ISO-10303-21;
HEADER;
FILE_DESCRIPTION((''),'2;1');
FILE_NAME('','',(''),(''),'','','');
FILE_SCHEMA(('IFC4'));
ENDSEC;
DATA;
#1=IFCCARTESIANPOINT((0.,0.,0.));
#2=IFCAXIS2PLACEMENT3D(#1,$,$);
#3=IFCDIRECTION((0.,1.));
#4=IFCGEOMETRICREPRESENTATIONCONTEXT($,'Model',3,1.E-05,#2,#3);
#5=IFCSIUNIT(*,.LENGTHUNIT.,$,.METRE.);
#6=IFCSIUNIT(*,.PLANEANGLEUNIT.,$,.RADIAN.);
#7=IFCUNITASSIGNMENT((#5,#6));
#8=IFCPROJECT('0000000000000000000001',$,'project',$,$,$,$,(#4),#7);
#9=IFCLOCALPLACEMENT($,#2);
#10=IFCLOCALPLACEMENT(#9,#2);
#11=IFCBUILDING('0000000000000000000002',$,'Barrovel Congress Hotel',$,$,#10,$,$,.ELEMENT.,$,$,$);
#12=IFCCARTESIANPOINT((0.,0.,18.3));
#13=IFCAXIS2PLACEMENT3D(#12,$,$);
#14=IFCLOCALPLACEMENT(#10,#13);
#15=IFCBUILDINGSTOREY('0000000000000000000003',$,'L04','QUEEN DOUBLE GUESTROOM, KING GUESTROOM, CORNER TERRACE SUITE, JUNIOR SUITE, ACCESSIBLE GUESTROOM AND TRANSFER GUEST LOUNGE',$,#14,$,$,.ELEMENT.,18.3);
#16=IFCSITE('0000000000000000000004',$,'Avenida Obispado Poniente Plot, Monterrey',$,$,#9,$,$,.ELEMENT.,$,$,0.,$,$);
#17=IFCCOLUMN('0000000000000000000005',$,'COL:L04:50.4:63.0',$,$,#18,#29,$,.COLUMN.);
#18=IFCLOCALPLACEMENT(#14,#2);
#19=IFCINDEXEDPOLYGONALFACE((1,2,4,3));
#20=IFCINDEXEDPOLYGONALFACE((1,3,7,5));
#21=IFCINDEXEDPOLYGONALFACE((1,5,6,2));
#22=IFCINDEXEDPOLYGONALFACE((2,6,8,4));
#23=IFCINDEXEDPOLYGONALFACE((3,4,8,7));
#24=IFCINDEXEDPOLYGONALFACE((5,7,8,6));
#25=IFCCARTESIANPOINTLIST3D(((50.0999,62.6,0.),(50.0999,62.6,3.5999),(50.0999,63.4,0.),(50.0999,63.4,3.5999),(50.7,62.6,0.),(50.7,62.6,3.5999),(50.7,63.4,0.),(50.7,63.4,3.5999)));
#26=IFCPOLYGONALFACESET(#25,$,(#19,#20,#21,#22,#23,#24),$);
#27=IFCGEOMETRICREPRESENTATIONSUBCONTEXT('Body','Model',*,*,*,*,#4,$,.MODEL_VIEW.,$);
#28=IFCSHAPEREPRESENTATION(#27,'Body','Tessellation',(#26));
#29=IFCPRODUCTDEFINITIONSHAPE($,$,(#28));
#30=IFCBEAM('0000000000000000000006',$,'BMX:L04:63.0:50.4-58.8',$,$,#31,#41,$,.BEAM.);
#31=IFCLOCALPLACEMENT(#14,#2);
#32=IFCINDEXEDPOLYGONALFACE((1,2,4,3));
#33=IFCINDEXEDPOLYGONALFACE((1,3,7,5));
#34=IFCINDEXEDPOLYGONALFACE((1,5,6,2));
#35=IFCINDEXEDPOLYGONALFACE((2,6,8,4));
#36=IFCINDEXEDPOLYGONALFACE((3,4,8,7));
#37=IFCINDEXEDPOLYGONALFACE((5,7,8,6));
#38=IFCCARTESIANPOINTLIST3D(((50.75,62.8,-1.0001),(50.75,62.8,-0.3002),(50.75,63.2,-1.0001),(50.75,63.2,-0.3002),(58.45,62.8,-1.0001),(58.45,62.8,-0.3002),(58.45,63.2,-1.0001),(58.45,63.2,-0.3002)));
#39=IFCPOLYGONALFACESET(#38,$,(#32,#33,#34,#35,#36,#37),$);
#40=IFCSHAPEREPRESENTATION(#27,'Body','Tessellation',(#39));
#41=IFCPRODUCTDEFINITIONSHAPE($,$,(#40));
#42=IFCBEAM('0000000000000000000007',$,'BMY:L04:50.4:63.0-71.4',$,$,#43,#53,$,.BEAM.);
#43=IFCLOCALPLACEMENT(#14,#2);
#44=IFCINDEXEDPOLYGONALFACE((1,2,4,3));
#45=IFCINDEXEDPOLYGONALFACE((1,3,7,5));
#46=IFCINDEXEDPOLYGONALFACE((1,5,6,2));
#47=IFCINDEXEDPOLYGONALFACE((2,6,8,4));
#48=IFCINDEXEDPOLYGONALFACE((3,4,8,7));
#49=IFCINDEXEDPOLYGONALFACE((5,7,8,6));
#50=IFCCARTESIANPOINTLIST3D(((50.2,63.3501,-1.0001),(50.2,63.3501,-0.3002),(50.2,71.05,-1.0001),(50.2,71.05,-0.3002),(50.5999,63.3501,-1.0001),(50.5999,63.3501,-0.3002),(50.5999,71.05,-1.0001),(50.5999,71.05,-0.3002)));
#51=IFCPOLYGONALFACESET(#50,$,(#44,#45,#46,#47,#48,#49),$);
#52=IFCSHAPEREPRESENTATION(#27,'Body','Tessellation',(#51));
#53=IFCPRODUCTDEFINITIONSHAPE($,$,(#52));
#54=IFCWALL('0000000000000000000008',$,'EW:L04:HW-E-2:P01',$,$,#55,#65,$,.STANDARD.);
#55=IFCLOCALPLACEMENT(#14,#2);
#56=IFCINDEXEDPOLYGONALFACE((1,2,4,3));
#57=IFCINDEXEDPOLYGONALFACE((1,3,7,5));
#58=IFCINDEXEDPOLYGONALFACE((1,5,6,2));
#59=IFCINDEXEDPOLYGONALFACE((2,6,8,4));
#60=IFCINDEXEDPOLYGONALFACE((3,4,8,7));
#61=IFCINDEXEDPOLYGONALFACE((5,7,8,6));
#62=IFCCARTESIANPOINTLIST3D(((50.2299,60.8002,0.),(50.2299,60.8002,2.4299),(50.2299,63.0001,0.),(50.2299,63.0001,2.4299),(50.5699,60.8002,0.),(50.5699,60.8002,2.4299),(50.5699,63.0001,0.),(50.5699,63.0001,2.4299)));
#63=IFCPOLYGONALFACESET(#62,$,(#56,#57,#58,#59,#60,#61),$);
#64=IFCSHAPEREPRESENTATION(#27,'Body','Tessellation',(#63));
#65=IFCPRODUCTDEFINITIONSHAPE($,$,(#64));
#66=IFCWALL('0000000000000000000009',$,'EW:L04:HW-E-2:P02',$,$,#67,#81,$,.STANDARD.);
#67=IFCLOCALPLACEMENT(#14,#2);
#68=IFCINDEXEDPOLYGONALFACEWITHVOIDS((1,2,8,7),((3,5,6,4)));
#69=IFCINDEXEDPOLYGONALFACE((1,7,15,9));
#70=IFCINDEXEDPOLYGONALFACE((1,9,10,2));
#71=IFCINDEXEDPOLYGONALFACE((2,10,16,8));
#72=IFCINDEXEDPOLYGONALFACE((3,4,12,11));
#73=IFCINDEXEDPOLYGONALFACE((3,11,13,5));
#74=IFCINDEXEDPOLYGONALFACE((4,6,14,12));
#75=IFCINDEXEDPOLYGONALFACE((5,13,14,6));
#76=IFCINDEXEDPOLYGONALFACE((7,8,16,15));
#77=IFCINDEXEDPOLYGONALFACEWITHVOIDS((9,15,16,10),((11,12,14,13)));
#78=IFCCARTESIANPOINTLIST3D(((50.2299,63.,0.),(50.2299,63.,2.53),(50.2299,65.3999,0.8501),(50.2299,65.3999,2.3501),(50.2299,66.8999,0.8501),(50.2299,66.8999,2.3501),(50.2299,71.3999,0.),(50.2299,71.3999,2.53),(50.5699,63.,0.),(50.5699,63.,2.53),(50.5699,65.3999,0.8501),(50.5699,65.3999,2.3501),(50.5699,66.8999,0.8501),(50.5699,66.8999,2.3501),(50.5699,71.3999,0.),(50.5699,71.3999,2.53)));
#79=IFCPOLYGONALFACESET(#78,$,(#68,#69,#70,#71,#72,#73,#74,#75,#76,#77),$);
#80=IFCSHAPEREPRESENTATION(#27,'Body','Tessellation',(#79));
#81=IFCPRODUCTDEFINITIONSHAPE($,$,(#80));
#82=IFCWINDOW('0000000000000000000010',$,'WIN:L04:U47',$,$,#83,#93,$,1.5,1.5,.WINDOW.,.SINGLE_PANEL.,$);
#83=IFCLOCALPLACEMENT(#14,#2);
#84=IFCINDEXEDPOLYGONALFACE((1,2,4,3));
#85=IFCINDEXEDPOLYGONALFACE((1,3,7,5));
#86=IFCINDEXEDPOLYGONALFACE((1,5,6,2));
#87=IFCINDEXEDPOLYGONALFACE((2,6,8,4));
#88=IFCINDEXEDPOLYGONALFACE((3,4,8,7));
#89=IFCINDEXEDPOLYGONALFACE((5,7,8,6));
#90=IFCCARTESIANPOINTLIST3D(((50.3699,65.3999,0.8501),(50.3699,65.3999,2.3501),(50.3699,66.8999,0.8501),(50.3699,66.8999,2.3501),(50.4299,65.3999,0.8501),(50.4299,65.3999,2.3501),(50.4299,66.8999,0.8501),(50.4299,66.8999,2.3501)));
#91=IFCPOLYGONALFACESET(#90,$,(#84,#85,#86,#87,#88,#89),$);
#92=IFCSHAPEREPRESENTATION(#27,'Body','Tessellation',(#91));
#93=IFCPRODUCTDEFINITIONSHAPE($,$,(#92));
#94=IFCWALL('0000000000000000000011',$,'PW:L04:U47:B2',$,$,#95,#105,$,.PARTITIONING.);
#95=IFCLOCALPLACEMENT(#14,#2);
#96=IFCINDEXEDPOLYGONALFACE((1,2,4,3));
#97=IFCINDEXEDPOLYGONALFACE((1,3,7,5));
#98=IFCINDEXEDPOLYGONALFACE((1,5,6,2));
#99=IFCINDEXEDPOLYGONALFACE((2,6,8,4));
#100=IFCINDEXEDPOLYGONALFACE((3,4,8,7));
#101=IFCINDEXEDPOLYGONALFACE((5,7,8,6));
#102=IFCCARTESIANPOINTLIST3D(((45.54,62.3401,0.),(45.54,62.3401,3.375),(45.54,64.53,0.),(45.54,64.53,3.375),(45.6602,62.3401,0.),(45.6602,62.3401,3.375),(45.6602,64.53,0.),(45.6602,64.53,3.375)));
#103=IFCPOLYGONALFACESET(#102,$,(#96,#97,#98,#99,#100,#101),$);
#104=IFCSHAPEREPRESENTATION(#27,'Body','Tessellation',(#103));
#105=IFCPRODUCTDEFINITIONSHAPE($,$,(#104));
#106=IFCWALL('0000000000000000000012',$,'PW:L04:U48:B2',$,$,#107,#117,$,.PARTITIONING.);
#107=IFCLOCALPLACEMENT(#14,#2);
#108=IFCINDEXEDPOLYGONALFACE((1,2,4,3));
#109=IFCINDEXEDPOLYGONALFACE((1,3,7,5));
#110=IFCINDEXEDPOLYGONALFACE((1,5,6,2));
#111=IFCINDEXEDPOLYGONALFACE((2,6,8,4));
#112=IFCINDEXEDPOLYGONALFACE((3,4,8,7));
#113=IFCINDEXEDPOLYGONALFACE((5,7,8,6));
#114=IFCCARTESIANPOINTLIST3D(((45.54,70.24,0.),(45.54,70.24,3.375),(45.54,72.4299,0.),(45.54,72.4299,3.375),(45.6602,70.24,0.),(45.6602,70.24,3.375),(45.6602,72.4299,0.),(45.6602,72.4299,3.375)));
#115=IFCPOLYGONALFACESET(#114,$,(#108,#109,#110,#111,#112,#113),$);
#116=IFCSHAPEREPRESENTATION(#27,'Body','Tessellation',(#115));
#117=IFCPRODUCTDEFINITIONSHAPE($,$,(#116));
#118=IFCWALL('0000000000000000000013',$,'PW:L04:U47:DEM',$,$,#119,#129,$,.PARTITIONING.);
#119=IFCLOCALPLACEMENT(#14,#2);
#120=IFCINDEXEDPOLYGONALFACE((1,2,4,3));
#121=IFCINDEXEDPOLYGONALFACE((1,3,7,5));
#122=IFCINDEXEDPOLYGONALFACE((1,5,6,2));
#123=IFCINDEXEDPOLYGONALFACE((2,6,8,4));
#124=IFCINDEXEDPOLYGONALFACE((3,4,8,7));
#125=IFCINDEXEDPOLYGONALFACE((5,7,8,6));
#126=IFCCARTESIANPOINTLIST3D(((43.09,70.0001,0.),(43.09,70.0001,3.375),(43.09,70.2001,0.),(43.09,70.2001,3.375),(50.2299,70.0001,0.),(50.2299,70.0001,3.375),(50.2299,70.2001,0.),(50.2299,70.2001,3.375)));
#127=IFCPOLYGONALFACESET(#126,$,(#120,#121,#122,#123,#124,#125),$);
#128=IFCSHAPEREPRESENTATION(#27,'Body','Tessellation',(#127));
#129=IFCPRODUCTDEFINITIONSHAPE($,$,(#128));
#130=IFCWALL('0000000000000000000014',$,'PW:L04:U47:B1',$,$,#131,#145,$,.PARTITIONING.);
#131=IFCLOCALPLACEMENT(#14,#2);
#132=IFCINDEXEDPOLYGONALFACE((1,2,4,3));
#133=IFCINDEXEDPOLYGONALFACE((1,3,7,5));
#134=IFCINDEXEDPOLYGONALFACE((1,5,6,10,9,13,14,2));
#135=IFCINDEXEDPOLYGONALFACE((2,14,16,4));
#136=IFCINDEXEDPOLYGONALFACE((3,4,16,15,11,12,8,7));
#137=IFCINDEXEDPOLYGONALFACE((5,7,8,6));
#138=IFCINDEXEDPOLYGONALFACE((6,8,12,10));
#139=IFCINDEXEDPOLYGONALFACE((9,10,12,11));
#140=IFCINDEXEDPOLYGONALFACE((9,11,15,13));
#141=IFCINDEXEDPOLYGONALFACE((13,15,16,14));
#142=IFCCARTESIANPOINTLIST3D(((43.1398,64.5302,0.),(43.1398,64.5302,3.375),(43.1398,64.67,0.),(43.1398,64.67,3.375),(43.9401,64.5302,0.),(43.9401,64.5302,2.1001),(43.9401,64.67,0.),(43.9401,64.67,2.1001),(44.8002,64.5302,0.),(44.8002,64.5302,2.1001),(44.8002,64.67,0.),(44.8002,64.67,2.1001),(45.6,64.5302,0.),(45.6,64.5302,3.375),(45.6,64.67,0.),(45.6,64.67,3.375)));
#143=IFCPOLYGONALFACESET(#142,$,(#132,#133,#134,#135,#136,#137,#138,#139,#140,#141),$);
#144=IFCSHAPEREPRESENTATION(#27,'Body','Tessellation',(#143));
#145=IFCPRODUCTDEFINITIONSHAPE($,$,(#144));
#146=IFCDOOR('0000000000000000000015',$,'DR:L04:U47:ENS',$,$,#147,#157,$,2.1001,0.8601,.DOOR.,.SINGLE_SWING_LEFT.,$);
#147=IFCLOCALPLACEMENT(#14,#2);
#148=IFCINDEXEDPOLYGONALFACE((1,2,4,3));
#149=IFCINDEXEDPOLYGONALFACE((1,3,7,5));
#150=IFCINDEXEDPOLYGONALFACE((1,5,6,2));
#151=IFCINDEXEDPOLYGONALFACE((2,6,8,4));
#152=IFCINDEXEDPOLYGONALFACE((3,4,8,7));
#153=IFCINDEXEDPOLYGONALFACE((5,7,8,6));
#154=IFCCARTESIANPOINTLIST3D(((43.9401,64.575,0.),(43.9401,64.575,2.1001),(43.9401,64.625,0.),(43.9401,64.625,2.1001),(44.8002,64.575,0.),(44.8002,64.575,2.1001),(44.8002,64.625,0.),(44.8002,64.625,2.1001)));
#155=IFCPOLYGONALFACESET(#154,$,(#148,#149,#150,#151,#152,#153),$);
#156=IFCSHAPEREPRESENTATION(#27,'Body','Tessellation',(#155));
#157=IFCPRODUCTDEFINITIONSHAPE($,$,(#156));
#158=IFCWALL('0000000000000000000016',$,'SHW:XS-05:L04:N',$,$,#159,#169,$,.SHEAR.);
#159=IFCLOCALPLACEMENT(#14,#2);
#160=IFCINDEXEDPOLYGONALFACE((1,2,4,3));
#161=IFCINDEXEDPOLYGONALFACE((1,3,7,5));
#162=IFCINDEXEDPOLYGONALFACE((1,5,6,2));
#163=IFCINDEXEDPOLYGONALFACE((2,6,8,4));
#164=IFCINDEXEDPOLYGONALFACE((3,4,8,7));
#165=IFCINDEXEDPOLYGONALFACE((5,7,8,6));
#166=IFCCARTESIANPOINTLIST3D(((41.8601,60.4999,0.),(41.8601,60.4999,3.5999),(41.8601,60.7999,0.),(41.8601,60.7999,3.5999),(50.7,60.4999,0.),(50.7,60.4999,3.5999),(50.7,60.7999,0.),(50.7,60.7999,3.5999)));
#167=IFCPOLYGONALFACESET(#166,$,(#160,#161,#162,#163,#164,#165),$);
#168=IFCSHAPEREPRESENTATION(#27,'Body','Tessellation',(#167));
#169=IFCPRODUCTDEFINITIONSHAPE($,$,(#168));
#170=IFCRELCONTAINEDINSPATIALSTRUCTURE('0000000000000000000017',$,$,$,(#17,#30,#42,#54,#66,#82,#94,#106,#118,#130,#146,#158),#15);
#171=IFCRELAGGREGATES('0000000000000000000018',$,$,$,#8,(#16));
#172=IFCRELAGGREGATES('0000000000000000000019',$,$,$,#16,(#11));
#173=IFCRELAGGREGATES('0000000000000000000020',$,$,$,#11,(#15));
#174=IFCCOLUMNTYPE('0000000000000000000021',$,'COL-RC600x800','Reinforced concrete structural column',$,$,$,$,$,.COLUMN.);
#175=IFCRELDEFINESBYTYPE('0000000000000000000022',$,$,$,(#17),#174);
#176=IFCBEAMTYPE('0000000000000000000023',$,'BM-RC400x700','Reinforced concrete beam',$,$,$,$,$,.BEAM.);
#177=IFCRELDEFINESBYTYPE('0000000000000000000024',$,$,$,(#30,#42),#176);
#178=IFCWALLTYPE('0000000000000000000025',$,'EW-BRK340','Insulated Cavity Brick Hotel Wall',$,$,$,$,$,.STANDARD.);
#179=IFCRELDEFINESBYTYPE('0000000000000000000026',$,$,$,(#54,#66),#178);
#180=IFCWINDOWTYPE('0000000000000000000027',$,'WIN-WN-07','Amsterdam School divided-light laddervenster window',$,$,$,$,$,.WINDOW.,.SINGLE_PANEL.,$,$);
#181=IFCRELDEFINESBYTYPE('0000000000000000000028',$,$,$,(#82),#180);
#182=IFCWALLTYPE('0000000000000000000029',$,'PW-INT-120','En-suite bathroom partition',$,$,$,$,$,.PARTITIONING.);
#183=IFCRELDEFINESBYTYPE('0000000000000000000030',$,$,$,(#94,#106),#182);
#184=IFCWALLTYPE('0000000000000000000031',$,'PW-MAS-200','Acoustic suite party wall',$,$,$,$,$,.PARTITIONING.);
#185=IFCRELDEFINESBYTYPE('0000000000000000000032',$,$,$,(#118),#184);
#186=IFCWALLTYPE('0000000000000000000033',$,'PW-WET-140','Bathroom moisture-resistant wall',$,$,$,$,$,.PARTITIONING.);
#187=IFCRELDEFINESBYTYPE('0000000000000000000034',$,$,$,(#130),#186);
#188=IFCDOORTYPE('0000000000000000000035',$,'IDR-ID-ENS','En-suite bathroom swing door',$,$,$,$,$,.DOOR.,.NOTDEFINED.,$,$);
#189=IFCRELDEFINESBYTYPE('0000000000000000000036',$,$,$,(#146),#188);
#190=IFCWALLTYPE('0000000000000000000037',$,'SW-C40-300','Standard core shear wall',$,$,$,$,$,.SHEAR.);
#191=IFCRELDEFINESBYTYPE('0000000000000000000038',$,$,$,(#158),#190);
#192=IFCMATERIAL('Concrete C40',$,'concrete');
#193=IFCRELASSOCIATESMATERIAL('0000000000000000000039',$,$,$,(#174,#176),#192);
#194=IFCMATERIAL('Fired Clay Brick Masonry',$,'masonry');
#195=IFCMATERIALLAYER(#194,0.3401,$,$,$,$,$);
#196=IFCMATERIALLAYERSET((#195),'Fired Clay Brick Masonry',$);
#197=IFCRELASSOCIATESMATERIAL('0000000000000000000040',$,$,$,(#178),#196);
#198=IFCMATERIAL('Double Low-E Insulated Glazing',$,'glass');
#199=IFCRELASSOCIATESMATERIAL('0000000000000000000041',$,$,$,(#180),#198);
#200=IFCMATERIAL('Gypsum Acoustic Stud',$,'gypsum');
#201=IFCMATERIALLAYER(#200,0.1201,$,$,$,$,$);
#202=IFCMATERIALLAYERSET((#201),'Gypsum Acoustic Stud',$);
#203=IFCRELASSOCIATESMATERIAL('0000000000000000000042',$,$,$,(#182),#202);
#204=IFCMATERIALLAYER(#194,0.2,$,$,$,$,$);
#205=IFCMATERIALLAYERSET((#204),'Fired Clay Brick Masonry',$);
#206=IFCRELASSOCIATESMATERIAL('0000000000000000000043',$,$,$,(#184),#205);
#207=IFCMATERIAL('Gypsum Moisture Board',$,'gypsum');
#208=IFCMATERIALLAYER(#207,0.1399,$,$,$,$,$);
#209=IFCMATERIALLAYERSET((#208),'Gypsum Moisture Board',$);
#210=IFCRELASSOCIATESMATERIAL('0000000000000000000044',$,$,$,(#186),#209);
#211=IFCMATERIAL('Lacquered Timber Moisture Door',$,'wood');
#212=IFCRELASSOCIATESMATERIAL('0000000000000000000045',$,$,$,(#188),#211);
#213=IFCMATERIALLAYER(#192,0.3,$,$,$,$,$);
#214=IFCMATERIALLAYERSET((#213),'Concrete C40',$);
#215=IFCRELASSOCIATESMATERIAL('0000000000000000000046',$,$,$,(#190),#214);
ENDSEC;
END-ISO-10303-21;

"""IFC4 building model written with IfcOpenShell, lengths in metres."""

from ifc_helpers import new_model, si_unit, direction, frame, frame_2d, origin, origin_2d, place, context, subcontext, project, spatial, rectangle, extrude, material, layer, layer_set, material_profile, profile_set, type_object, element, fill, save


model = new_model("IFC4")

# Units and contexts
model_context = context("Model", 3, precision=1e-05, world=origin(), true_north=direction((0.0, 1.0)))
body_context = subcontext(model_context, "Body", "Model", "MODEL_VIEW")
ifc_project = project(units=[si_unit("LENGTHUNIT", "METRE"), si_unit("PLANEANGLEUNIT", "RADIAN")], contexts=[model_context])

# Site, building, storey
site_placement = place(None, origin())
site = spatial("IfcSite", under=ifc_project, at=site_placement, Name="Avenida Obispado Poniente Plot, Monterrey", CompositionType="ELEMENT", RefElevation=0.0)
building_placement = place(site_placement, origin())
building = spatial("IfcBuilding", under=site, at=building_placement, Name="Barrovel Congress Hotel", CompositionType="ELEMENT")
storey_placement = place(building_placement, frame((0.0, 0.0, 18.3)))
storey = spatial("IfcBuildingStorey", under=building, at=storey_placement, Name="L04", Description="QUEEN DOUBLE GUESTROOM, KING GUESTROOM, CORNER TERRACE SUITE, JUNIOR SUITE, ACCESSIBLE GUESTROOM AND TRANSFER GUEST LOUNGE", CompositionType="ELEMENT", Elevation=18.3)

# Column
ifc_material_1 = material(Name="Concrete C40", Category="concrete")
ifc_material_profile_1 = material_profile(ifc_material_1, rectangle(XDim=0.6001, YDim=0.8, at=origin_2d()), Name="RC600x800")
ifc_profile_set_1 = profile_set([ifc_material_profile_1], Name="Concrete C40")
column_type = type_object("IfcColumnType", Name="COL-RC600x800", Description="Reinforced concrete structural column", PredefinedType="COLUMN", material=ifc_profile_set_1)
column_placement = place(storey_placement, frame((50.3999, 63.0, 0.0), z_axis=(0.0, 0.0, 1.0), x_axis=(1.0, 0.0, 0.0)))
element("IfcColumn", 1, at=column_placement, inside=storey, type_object=column_type, Name="COL:L04:50.4:63.0", PredefinedType="COLUMN", context=body_context, shape_type="SweptSolid", body=[
    extrude(rectangle(XDim=0.6001, YDim=0.8, at=origin_2d()), origin(), (0.0, 0.0, 1.0), 3.5999),
])

# Beams
ifc_material_profile_2 = material_profile(ifc_material_1, rectangle(XDim=0.3999, YDim=0.7, at=origin_2d()), Name="RC400x700")
ifc_profile_set_2 = profile_set([ifc_material_profile_2], Name="Concrete C40")
beam_type = type_object("IfcBeamType", Name="BM-RC400x700", Description="Reinforced concrete beam", PredefinedType="BEAM", material=ifc_profile_set_2)
for number, where, z_axis, x_axis, name in (
    (2, (50.75, 63.0, -0.6501), (1.0, 0.0, 0.0), (0.0, 1.0, 0.0), "BMX:L04:63.0:50.4-58.8"),
    (3, (50.3999, 63.3501, -0.6501), (0.0, 1.0, 0.0), (-1.0, 0.0, 0.0), "BMY:L04:50.4:63.0-71.4"),
):
    element("IfcBeam", number, at=place(storey_placement, frame(where, z_axis=z_axis, x_axis=x_axis)), inside=storey, type_object=beam_type, Name=name, PredefinedType="BEAM", context=body_context, shape_type="SweptSolid", body=[
        extrude(rectangle(XDim=0.3999, YDim=0.7, at=origin_2d()), origin(), (0.0, 0.0, 1.0), 7.7),
    ])

# Wall
ifc_material_2 = material(Name="Fired Clay Brick Masonry", Category="masonry")
ifc_layer_1 = layer(ifc_material_2, 0.3401)
ifc_layer_set_1 = layer_set([ifc_layer_1], Name="Fired Clay Brick Masonry")
wall_type_1 = type_object("IfcWallType", Name="EW-BRK340", Description="Insulated Cavity Brick Hotel Wall", PredefinedType="STANDARD", material=ifc_layer_set_1)
wall_1_placement = place(storey_placement, frame((50.3999, 60.8, 0.0), z_axis=(0.0, 0.0, 1.0), x_axis=(0.0, 1.0, 0.0)))
element("IfcWall", 4, at=wall_1_placement, inside=storey, type_object=wall_type_1, Name="EW:L04:HW-E-2:P01", PredefinedType="STANDARD", context=body_context, shape_type="SweptSolid", body=[
    extrude(rectangle(XDim=2.2, YDim=0.3401, at=frame_2d((1.1001, 0.0))), origin(), (0.0, 0.0, 1.0), 2.4299),
])

# Wall, opening, window
wall_2_placement = place(storey_placement, frame((50.3999, 63.0, 0.0), z_axis=(0.0, 0.0, 1.0), x_axis=(0.0, 1.0, 0.0)))
wall_2 = element("IfcWall", 5, at=wall_2_placement, inside=storey, type_object=wall_type_1, Name="EW:L04:HW-E-2:P02", PredefinedType="STANDARD", context=body_context, shape_type="SweptSolid", body=[
    extrude(rectangle(XDim=8.3999, YDim=0.3401, at=frame_2d((4.2, 0.0))), origin(), (0.0, 0.0, 1.0), 2.53),
])
opening_1_placement = place(wall_2_placement, frame((2.3999, 0.0, 0.8501)))
opening_1 = element("IfcOpeningElement", 6, at=opening_1_placement, cuts=wall_2, PredefinedType="OPENING", context=body_context, shape_type="SweptSolid", body=[
    extrude(rectangle(XDim=1.5, YDim=1.5, at=frame_2d((0.75, 0.75))), frame((0.0, 0.1802, 0.0), z_axis=(0.0, -1.0, 0.0), x_axis=(1.0, 0.0, 0.0)), (0.0, 0.0, 1.0), 0.3601),
])
ifc_material_3 = material(Name="Double Low-E Insulated Glazing", Category="glass")
window_type = type_object("IfcWindowType", Name="WIN-WN-07", Description="Amsterdam School divided-light laddervenster window", PartitioningType="SINGLE_PANEL", PredefinedType="WINDOW", material=ifc_material_3)
window_placement = place(opening_1_placement, origin())
window = element("IfcWindow", 7, at=window_placement, inside=storey, type_object=window_type, Name="WIN:L04:U47", OverallHeight=1.5, OverallWidth=1.5, PartitioningType="SINGLE_PANEL", PredefinedType="WINDOW", context=body_context, shape_type="SweptSolid", body=[
    extrude(rectangle(XDim=1.5, YDim=1.5, at=frame_2d((0.75, 0.75))), frame((0.0, 0.03, 0.0), z_axis=(0.0, -1.0, 0.0), x_axis=(1.0, 0.0, 0.0)), (0.0, 0.0, 1.0), 0.0601),
])
fill(opening_1, window)

# Walls
ifc_material_4 = material(Name="Gypsum Acoustic Stud", Category="gypsum")
ifc_layer_2 = layer(ifc_material_4, 0.1201)
ifc_layer_set_2 = layer_set([ifc_layer_2], Name="Gypsum Acoustic Stud")
wall_type_2 = type_object("IfcWallType", Name="PW-INT-120", Description="En-suite bathroom partition", PredefinedType="PARTITIONING", material=ifc_layer_set_2)
for number, where, z_axis, x_axis, name in (
    (8, (45.6001, 62.3401, 0.0), (0.0, 0.0, 1.0), (0.0, 1.0, 0.0), "PW:L04:U47:B2"),
    (9, (45.6001, 70.24, 0.0), (0.0, 0.0, 1.0), (0.0, 1.0, 0.0), "PW:L04:U48:B2"),
):
    element("IfcWall", number, at=place(storey_placement, frame(where, z_axis=z_axis, x_axis=x_axis)), inside=storey, type_object=wall_type_2, Name=name, PredefinedType="PARTITIONING", context=body_context, shape_type="SweptSolid", body=[
        extrude(rectangle(XDim=2.1899, YDim=0.1201, at=frame_2d((1.095, 0.0))), origin(), (0.0, 0.0, 1.0), 3.375),
    ])
ifc_layer_3 = layer(ifc_material_2, 0.2)
ifc_layer_set_3 = layer_set([ifc_layer_3], Name="Fired Clay Brick Masonry")
wall_type_3 = type_object("IfcWallType", Name="PW-MAS-200", Description="Acoustic suite party wall", PredefinedType="PARTITIONING", material=ifc_layer_set_3)
wall_3_placement = place(storey_placement, frame((43.0901, 70.1001, 0.0), z_axis=(0.0, 0.0, 1.0), x_axis=(1.0, 0.0, 0.0)))
element("IfcWall", 10, at=wall_3_placement, inside=storey, type_object=wall_type_3, Name="PW:L04:U47:DEM", PredefinedType="PARTITIONING", context=body_context, shape_type="SweptSolid", body=[
    extrude(rectangle(XDim=7.1399, YDim=0.2, at=frame_2d((3.5698, 0.0))), origin(), (0.0, 0.0, 1.0), 3.375),
])

# Wall, opening, door
ifc_material_5 = material(Name="Gypsum Moisture Board", Category="gypsum")
ifc_layer_4 = layer(ifc_material_5, 0.1399)
ifc_layer_set_4 = layer_set([ifc_layer_4], Name="Gypsum Moisture Board")
wall_type_4 = type_object("IfcWallType", Name="PW-WET-140", Description="Bathroom moisture-resistant wall", PredefinedType="PARTITIONING", material=ifc_layer_set_4)
wall_4_placement = place(storey_placement, frame((43.1399, 64.6001, 0.0), z_axis=(0.0, 0.0, 1.0), x_axis=(1.0, 0.0, 0.0)))
wall_4 = element("IfcWall", 11, at=wall_4_placement, inside=storey, type_object=wall_type_4, Name="PW:L04:U47:B1", PredefinedType="PARTITIONING", context=body_context, shape_type="SweptSolid", body=[
    extrude(rectangle(XDim=2.4602, YDim=0.1399, at=frame_2d((1.23, 0.0))), origin(), (0.0, 0.0, 1.0), 3.375),
])
opening_2_placement = place(wall_4_placement, frame((0.8, 0.0, 0.0)))
opening_2 = element("IfcOpeningElement", 12, at=opening_2_placement, cuts=wall_4, PredefinedType="OPENING", context=body_context, shape_type="SweptSolid", body=[
    extrude(rectangle(XDim=0.8601, YDim=2.1001, at=frame_2d((0.4302, 1.05))), frame((0.0, 0.0801, 0.0), z_axis=(0.0, -1.0, 0.0), x_axis=(1.0, 0.0, 0.0)), (0.0, 0.0, 1.0), 0.1599),
])
ifc_material_6 = material(Name="Lacquered Timber Moisture Door", Category="wood")
door_type = type_object("IfcDoorType", Name="IDR-ID-ENS", Description="En-suite bathroom swing door", OperationType="NOTDEFINED", PredefinedType="DOOR", material=ifc_material_6)
door_placement = place(opening_2_placement, origin())
door = element("IfcDoor", 13, at=door_placement, inside=storey, type_object=door_type, Name="DR:L04:U47:ENS", OperationType="SINGLE_SWING_LEFT", OverallHeight=2.1001, OverallWidth=0.8601, PredefinedType="DOOR", context=body_context, shape_type="SweptSolid", body=[
    extrude(rectangle(XDim=0.8601, YDim=2.1001, at=frame_2d((0.4302, 1.05))), frame((0.0, 0.0249, 0.0), z_axis=(0.0, -1.0, 0.0), x_axis=(1.0, 0.0, 0.0)), (0.0, 0.0, 1.0), 0.05),
])
fill(opening_2, door)

# Wall
ifc_layer_5 = layer(ifc_material_1, 0.3)
ifc_layer_set_5 = layer_set([ifc_layer_5], Name="Concrete C40")
wall_type_5 = type_object("IfcWallType", Name="SW-C40-300", Description="Standard core shear wall", PredefinedType="SHEAR", material=ifc_layer_set_5)
wall_5_placement = place(storey_placement, frame((50.7, 60.6499, 0.0), z_axis=(0.0, 0.0, 1.0), x_axis=(-1.0, 0.0, 0.0)))
element("IfcWall", 14, at=wall_5_placement, inside=storey, type_object=wall_type_5, Name="SHW:XS-05:L04:N", PredefinedType="SHEAR", context=body_context, shape_type="SweptSolid", body=[
    extrude(rectangle(XDim=8.8398, YDim=0.3, at=frame_2d((4.4199, 0.0))), origin(), (0.0, 0.0, 1.0), 3.5999),
])

save(model, "model.ifc")
